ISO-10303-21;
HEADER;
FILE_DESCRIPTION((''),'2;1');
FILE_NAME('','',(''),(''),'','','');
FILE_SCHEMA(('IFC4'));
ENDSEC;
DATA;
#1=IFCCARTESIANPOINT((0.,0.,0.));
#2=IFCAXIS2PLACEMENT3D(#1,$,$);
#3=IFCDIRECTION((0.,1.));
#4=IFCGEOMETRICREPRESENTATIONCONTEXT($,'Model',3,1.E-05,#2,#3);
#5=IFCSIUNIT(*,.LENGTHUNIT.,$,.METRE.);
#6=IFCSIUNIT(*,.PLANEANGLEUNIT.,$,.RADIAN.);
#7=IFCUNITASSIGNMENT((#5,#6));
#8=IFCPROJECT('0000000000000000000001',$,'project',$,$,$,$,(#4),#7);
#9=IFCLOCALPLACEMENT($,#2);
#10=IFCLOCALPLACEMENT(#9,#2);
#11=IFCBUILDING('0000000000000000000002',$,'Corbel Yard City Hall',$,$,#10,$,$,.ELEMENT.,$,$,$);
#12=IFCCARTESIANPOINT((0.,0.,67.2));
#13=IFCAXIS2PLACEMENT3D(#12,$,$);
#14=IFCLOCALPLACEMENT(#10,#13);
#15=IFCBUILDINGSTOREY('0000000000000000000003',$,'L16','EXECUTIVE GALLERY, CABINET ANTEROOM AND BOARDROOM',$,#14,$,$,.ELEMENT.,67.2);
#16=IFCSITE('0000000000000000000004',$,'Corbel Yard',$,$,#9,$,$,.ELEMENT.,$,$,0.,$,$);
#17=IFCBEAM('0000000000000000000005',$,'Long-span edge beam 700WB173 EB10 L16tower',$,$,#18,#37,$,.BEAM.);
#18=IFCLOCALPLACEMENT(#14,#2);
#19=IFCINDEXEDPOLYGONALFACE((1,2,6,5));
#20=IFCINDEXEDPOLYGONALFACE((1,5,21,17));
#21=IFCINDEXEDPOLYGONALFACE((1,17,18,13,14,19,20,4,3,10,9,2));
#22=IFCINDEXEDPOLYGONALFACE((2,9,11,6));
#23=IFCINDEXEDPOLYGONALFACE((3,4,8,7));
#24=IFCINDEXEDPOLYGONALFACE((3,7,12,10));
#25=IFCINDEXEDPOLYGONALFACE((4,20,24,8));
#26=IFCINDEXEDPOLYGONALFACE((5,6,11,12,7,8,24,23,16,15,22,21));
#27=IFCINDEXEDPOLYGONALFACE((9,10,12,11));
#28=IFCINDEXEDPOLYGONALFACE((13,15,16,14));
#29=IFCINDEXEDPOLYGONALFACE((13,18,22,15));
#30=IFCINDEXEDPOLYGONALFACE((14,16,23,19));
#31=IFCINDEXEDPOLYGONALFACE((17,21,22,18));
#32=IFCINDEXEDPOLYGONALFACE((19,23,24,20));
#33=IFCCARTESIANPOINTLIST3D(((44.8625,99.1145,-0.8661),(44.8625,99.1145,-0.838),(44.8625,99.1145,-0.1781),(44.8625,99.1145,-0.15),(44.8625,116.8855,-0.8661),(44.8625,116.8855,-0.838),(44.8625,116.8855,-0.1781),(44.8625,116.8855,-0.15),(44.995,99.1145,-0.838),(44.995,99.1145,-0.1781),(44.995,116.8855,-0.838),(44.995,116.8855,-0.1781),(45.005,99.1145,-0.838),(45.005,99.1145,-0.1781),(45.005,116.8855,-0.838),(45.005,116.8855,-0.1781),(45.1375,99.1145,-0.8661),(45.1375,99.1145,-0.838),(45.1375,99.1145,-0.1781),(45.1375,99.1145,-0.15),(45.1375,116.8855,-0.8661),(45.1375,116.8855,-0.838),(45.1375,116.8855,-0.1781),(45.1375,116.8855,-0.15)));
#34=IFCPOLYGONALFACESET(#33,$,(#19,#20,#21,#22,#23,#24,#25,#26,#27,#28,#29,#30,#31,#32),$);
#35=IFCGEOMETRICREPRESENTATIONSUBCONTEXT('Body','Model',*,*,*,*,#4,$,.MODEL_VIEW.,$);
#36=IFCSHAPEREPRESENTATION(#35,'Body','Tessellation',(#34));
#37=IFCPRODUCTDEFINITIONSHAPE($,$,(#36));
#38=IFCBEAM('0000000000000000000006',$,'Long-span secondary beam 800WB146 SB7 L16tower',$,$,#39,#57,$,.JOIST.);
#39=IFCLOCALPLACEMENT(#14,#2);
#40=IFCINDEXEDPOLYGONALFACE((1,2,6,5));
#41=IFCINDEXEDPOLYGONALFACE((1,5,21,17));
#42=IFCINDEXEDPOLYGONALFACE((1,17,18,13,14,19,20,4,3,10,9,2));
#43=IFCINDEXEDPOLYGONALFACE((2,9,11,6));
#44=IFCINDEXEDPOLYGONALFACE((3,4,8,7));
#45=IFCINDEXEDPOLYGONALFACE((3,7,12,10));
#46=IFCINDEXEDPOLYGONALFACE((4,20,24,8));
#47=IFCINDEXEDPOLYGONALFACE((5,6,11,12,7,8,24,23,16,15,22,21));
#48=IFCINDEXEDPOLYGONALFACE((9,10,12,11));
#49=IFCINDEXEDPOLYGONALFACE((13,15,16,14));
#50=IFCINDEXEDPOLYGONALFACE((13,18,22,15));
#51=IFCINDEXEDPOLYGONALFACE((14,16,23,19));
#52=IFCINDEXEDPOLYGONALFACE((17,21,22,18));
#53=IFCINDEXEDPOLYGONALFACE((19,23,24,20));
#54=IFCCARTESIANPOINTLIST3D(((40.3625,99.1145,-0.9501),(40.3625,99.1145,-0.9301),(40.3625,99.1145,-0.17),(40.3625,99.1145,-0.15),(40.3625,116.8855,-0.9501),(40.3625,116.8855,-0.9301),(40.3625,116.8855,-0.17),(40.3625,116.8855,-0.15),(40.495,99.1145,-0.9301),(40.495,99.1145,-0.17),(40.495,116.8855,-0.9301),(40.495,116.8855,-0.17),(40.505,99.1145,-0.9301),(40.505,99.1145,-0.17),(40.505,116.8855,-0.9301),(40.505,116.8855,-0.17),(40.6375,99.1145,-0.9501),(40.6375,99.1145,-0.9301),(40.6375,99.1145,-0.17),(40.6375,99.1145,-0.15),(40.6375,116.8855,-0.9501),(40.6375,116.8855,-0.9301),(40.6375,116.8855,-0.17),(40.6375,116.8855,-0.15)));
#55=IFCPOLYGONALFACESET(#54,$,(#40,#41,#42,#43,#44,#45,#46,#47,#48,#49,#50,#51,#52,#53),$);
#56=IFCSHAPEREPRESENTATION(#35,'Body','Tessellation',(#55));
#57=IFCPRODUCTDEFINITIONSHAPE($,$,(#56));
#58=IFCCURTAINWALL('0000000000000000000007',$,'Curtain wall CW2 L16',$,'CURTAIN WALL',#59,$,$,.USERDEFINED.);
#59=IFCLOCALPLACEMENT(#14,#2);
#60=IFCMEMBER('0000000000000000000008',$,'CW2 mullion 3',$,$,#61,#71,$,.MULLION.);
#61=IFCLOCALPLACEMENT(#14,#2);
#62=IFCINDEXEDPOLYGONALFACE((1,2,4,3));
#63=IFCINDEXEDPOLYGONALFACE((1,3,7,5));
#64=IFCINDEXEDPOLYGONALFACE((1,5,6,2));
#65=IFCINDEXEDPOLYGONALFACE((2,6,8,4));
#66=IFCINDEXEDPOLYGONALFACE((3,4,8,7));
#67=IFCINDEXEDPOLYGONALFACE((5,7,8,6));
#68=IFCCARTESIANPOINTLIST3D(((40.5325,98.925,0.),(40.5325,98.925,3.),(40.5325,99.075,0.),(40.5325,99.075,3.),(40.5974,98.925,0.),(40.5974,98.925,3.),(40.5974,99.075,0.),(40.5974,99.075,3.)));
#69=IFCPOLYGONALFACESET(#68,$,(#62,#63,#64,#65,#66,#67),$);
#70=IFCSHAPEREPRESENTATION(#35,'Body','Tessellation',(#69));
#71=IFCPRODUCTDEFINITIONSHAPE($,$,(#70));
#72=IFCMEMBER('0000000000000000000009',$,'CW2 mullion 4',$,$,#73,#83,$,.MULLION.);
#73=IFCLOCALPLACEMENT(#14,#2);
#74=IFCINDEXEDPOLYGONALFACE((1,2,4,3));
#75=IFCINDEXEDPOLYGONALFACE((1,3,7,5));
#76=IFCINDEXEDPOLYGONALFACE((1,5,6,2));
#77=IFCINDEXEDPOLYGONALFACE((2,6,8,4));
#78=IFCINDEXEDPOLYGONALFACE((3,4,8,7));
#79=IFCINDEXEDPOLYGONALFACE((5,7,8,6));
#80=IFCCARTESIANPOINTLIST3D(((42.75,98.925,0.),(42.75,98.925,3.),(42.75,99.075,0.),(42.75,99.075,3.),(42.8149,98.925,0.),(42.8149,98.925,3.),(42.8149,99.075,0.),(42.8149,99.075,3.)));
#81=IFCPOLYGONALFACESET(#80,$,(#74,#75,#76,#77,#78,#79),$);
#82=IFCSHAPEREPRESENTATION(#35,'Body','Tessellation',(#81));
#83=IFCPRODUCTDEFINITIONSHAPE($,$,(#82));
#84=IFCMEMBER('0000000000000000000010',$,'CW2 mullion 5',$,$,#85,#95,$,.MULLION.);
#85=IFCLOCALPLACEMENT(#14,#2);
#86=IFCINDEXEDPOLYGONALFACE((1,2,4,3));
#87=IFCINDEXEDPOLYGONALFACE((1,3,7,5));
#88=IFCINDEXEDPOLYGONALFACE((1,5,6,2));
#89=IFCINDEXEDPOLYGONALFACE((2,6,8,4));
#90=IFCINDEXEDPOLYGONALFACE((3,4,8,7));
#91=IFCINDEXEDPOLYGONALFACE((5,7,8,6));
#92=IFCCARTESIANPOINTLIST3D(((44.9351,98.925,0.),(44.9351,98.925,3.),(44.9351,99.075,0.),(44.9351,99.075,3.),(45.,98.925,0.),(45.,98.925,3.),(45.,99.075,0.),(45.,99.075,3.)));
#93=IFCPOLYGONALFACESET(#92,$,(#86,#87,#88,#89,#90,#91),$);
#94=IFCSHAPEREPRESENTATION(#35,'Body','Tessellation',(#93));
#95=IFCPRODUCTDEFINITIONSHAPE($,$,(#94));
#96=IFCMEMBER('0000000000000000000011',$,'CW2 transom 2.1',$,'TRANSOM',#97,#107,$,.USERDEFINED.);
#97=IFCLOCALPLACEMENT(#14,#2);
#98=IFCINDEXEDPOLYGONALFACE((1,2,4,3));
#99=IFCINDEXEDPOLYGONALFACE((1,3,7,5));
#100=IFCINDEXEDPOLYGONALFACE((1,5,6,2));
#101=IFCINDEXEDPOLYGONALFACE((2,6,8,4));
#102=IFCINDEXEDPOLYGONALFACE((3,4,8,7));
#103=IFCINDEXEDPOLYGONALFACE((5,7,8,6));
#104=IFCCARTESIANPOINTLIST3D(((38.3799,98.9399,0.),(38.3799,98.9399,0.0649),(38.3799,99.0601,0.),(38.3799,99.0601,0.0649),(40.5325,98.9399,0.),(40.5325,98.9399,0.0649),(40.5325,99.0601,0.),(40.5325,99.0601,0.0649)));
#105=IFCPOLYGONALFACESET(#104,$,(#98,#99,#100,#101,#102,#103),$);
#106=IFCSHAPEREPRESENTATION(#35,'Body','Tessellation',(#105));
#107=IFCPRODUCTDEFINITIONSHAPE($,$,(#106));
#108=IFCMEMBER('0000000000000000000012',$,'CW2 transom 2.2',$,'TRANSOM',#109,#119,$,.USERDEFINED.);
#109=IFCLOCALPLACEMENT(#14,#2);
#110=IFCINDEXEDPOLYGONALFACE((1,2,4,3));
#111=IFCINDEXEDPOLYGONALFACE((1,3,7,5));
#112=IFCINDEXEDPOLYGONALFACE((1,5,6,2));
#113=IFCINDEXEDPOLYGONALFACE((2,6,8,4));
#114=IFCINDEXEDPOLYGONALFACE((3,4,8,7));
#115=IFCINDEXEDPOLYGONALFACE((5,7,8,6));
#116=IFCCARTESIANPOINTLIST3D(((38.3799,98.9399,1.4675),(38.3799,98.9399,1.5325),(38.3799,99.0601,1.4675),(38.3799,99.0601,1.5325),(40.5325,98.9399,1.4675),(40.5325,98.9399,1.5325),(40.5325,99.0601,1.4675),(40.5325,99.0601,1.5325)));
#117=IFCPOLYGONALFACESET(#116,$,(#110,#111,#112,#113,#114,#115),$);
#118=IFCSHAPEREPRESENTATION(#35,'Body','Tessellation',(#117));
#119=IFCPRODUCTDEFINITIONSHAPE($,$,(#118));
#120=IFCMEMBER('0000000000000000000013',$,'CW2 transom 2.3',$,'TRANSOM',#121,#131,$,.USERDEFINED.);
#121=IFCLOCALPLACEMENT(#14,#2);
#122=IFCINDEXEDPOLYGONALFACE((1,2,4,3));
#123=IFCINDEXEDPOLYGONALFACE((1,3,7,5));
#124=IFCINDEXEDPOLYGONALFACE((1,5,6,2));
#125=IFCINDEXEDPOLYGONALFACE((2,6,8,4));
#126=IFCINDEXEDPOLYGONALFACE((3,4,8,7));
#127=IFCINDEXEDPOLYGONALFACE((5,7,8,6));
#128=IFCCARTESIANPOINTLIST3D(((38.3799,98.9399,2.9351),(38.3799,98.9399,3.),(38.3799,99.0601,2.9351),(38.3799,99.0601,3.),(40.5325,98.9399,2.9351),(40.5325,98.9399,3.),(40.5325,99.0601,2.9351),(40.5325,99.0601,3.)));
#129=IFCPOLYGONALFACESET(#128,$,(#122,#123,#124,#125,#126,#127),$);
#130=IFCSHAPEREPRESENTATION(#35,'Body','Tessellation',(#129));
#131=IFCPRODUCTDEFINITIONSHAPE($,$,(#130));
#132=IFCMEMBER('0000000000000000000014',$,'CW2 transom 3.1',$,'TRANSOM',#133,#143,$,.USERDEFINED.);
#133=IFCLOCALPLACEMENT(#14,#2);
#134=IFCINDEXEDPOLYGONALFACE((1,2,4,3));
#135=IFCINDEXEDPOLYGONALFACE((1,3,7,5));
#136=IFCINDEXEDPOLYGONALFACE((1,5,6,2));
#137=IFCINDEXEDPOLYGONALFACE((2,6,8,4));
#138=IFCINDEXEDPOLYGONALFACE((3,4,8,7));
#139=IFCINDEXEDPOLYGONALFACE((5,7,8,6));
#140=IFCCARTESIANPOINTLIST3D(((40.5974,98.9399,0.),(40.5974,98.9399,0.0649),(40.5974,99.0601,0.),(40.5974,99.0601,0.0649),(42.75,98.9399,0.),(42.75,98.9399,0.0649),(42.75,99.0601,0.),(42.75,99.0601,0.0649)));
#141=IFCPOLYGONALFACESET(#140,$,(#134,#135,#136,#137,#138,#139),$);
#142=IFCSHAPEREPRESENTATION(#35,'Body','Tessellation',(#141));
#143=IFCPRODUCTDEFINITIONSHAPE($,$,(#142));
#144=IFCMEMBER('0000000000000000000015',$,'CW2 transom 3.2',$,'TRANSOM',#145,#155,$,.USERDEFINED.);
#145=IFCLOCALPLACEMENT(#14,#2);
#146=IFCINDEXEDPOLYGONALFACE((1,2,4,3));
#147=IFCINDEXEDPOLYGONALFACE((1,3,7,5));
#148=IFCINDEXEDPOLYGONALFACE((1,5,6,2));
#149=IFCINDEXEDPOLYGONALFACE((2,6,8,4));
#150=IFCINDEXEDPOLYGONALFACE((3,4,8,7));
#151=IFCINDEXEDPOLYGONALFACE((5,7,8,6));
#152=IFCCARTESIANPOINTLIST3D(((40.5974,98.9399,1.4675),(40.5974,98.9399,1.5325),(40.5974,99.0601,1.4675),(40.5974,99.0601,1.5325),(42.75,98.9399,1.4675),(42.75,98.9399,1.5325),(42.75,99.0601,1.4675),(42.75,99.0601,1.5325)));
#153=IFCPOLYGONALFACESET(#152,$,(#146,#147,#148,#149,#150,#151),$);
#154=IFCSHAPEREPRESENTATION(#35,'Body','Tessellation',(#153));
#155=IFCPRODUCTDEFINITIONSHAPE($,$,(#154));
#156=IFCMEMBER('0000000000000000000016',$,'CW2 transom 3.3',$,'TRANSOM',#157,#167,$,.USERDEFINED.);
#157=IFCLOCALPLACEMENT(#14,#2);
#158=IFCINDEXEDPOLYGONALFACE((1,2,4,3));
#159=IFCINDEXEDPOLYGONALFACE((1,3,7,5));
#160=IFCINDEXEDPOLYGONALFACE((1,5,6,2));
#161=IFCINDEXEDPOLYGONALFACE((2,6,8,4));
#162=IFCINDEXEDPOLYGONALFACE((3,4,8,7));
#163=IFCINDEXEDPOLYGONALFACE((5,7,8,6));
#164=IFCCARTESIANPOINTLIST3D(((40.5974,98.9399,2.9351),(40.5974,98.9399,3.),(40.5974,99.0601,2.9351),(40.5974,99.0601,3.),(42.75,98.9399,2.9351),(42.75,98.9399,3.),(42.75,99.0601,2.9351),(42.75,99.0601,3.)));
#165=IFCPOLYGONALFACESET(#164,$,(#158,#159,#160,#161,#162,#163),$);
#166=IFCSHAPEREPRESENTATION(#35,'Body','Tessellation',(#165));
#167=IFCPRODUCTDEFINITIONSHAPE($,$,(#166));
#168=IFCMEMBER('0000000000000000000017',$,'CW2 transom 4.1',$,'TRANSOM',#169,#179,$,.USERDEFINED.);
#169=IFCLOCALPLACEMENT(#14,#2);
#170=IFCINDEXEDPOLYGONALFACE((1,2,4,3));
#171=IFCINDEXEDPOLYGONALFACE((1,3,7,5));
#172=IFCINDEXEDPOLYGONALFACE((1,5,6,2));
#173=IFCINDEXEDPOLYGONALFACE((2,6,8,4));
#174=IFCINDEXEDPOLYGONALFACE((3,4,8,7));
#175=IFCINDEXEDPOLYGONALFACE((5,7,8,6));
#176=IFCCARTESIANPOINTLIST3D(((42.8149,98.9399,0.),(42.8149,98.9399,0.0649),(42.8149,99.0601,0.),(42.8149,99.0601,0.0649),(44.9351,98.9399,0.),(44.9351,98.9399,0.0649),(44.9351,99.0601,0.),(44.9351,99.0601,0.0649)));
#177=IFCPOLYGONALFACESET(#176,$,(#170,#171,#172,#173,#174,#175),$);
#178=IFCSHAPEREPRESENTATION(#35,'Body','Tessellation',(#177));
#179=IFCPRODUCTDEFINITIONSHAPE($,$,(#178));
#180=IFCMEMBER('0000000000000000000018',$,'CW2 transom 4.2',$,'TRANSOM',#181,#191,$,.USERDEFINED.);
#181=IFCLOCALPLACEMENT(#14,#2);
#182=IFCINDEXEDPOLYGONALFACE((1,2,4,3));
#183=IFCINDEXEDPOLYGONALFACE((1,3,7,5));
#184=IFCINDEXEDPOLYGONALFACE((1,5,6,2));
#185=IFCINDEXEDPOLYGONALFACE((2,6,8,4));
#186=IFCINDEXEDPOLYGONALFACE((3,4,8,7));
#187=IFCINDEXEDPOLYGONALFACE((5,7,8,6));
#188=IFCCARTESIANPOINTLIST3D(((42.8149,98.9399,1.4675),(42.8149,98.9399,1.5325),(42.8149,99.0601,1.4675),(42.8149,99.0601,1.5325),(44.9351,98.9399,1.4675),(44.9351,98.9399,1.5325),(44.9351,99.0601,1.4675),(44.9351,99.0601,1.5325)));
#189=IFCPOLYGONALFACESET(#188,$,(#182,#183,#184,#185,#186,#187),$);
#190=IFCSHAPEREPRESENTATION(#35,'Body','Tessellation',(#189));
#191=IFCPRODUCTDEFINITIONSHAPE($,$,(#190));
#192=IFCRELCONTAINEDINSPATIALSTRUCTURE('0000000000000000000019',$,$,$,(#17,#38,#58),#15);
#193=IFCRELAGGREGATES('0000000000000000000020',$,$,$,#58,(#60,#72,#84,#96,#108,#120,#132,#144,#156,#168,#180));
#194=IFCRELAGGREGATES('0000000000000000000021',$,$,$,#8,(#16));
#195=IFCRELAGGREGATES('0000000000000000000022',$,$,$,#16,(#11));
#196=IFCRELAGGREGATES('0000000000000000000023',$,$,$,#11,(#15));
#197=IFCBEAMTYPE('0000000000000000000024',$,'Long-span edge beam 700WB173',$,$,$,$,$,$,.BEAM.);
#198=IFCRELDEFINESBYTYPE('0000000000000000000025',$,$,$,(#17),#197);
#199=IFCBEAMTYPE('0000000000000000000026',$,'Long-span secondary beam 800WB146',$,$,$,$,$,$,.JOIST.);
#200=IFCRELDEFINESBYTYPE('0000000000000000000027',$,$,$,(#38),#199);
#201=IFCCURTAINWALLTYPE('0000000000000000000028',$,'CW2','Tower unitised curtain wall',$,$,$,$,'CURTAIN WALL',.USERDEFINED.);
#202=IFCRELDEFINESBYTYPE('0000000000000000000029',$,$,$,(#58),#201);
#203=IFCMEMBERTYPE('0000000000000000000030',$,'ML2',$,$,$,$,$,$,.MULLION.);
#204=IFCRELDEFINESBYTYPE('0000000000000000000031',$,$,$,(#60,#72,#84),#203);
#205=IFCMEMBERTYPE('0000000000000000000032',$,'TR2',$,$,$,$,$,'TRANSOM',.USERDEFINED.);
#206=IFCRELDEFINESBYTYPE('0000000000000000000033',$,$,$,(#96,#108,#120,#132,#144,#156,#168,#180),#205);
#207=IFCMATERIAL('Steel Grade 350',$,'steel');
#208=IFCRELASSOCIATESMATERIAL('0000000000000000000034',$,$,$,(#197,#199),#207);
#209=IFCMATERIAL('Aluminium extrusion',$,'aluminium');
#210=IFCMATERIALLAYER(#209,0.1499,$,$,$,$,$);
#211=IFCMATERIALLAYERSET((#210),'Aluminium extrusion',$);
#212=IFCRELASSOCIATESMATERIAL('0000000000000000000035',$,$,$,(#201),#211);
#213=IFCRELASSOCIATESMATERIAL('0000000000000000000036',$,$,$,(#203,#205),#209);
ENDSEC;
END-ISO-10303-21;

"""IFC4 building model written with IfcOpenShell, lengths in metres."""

from ifc_helpers import new_model, si_unit, direction, frame, origin, origin_2d, place, context, subcontext, project, spatial, rectangle, i_section, extrude, material, layer, layer_set, material_profile, profile_set, type_object, element, aggregate, save


model = new_model("IFC4")

# Units and contexts
model_context = context("Model", 3, precision=1e-05, world=origin(), true_north=direction((0.0, 1.0)))
body_context = subcontext(model_context, "Body", "Model", "MODEL_VIEW")
ifc_project = project(units=[si_unit("LENGTHUNIT", "METRE"), si_unit("PLANEANGLEUNIT", "RADIAN")], contexts=[model_context])

# Site, building, storey
site_placement = place(None, origin())
site = spatial("IfcSite", under=ifc_project, at=site_placement, Name="Corbel Yard", CompositionType="ELEMENT", RefElevation=0.0)
building_placement = place(site_placement, origin())
building = spatial("IfcBuilding", under=site, at=building_placement, Name="Corbel Yard City Hall", CompositionType="ELEMENT")
storey_placement = place(building_placement, frame((0.0, 0.0, 67.2)))
storey = spatial("IfcBuildingStorey", under=building, at=storey_placement, Name="L16", Description="EXECUTIVE GALLERY, CABINET ANTEROOM AND BOARDROOM", CompositionType="ELEMENT", Elevation=67.2)

# Beams
ifc_material_1 = material(Name="Steel Grade 350", Category="steel")
ifc_material_profile_1 = material_profile(ifc_material_1, i_section(OverallWidth=0.2749, OverallDepth=0.7161, WebThickness=0.01, FlangeThickness=0.0281, at=origin_2d()), Name="700WB173")
ifc_profile_set_1 = profile_set([ifc_material_profile_1], Name="Steel Grade 350")
beam_type_1 = type_object("IfcBeamType", Name="Long-span edge beam 700WB173", PredefinedType="BEAM", material=ifc_profile_set_1)
beam_1_placement = place(storey_placement, frame((45.0, 99.1145, -0.5081), z_axis=(0.0, 1.0, 0.0), x_axis=(-1.0, 0.0, 0.0)))
element("IfcBeam", 1, at=beam_1_placement, inside=storey, type_object=beam_type_1, Name="Long-span edge beam 700WB173 EB10 L16tower", PredefinedType="BEAM", context=body_context, shape_type="SweptSolid", body=[
    extrude(i_section(OverallWidth=0.2749, OverallDepth=0.7161, WebThickness=0.01, FlangeThickness=0.0281, at=origin_2d()), origin(), (0.0, 0.0, 1.0), 17.771),
])
ifc_material_profile_2 = material_profile(ifc_material_1, i_section(OverallWidth=0.2749, OverallDepth=0.8, WebThickness=0.01, FlangeThickness=0.02, at=origin_2d()), Name="800WB146")
ifc_profile_set_2 = profile_set([ifc_material_profile_2], Name="Steel Grade 350")
beam_type_2 = type_object("IfcBeamType", Name="Long-span secondary beam 800WB146", PredefinedType="JOIST", material=ifc_profile_set_2)
beam_2_placement = place(storey_placement, frame((40.5, 99.1145, -0.55), z_axis=(0.0, 1.0, 0.0), x_axis=(-1.0, 0.0, 0.0)))
element("IfcBeam", 2, at=beam_2_placement, inside=storey, type_object=beam_type_2, Name="Long-span secondary beam 800WB146 SB7 L16tower", PredefinedType="JOIST", context=body_context, shape_type="SweptSolid", body=[
    extrude(i_section(OverallWidth=0.2749, OverallDepth=0.8, WebThickness=0.01, FlangeThickness=0.02, at=origin_2d()), origin(), (0.0, 0.0, 1.0), 17.771),
])

# Curtain wall, members
ifc_material_2 = material(Name="Aluminium extrusion", Category="aluminium")
ifc_layer_1 = layer(ifc_material_2, 0.1499)
ifc_layer_set_1 = layer_set([ifc_layer_1], Name="Aluminium extrusion")
curtain_wall_type = type_object("IfcCurtainWallType", Name="CW2", Description="Tower unitised curtain wall", ElementType="CURTAIN WALL", PredefinedType="USERDEFINED", material=ifc_layer_set_1)
curtain_wall_placement = place(storey_placement, origin())
curtain_wall = element("IfcCurtainWall", 3, at=curtain_wall_placement, inside=storey, type_object=curtain_wall_type, Name="Curtain wall CW2 L16", ObjectType="CURTAIN WALL", PredefinedType="USERDEFINED")
ifc_material_profile_3 = material_profile(ifc_material_2, rectangle(XDim=0.1499, YDim=0.0649, at=origin_2d()), Name="150x65")
ifc_profile_set_3 = profile_set([ifc_material_profile_3], Name="Aluminium extrusion")
member_type_1 = type_object("IfcMemberType", Name="ML2", PredefinedType="MULLION", material=ifc_profile_set_3)
member_1_placement = place(storey_placement, frame((40.5649, 99.0, 0.0), z_axis=(0.0, 0.0, 1.0), x_axis=(0.0, 1.0, 0.0)))
member_1 = element("IfcMember", 4, at=member_1_placement, type_object=member_type_1, Name="CW2 mullion 3", PredefinedType="MULLION", context=body_context, shape_type="SweptSolid", body=[
    extrude(rectangle(XDim=0.1499, YDim=0.0649, at=origin_2d()), origin(), (0.0, 0.0, 1.0), 3.0),
])
member_2_placement = place(storey_placement, frame((42.7825, 99.0, 0.0), z_axis=(0.0, 0.0, 1.0), x_axis=(0.0, 1.0, 0.0)))
member_2 = element("IfcMember", 5, at=member_2_placement, type_object=member_type_1, Name="CW2 mullion 4", PredefinedType="MULLION", context=body_context, shape_type="SweptSolid", body=[
    extrude(rectangle(XDim=0.1499, YDim=0.0649, at=origin_2d()), origin(), (0.0, 0.0, 1.0), 3.0),
])
member_3_placement = place(storey_placement, frame((44.9675, 99.0, 0.0), z_axis=(0.0, 0.0, 1.0), x_axis=(0.0, 1.0, 0.0)))
member_3 = element("IfcMember", 6, at=member_3_placement, type_object=member_type_1, Name="CW2 mullion 5", PredefinedType="MULLION", context=body_context, shape_type="SweptSolid", body=[
    extrude(rectangle(XDim=0.1499, YDim=0.0649, at=origin_2d()), origin(), (0.0, 0.0, 1.0), 3.0),
])
ifc_material_profile_4 = material_profile(ifc_material_2, rectangle(XDim=0.1201, YDim=0.0649, at=origin_2d()), Name="120x65")
ifc_profile_set_4 = profile_set([ifc_material_profile_4], Name="Aluminium extrusion")
member_type_2 = type_object("IfcMemberType", Name="TR2", ElementType="TRANSOM", PredefinedType="USERDEFINED", material=ifc_profile_set_4)
member_4_placement = place(storey_placement, frame((38.3799, 99.0, 0.0325), z_axis=(1.0, 0.0, 0.0), x_axis=(0.0, 1.0, 0.0)))
member_4 = element("IfcMember", 7, at=member_4_placement, type_object=member_type_2, Name="CW2 transom 2.1", ObjectType="TRANSOM", PredefinedType="USERDEFINED", context=body_context, shape_type="SweptSolid", body=[
    extrude(rectangle(XDim=0.1201, YDim=0.0649, at=origin_2d()), origin(), (0.0, 0.0, 1.0), 2.1526),
])
member_5_placement = place(storey_placement, frame((38.3799, 99.0, 1.5), z_axis=(1.0, 0.0, 0.0), x_axis=(0.0, 1.0, 0.0)))
member_5 = element("IfcMember", 8, at=member_5_placement, type_object=member_type_2, Name="CW2 transom 2.2", ObjectType="TRANSOM", PredefinedType="USERDEFINED", context=body_context, shape_type="SweptSolid", body=[
    extrude(rectangle(XDim=0.1201, YDim=0.0649, at=origin_2d()), origin(), (0.0, 0.0, 1.0), 2.1526),
])
member_6_placement = place(storey_placement, frame((38.3799, 99.0, 2.9675), z_axis=(1.0, 0.0, 0.0), x_axis=(0.0, 1.0, 0.0)))
member_6 = element("IfcMember", 9, at=member_6_placement, type_object=member_type_2, Name="CW2 transom 2.3", ObjectType="TRANSOM", PredefinedType="USERDEFINED", context=body_context, shape_type="SweptSolid", body=[
    extrude(rectangle(XDim=0.1201, YDim=0.0649, at=origin_2d()), origin(), (0.0, 0.0, 1.0), 2.1526),
])
member_7_placement = place(storey_placement, frame((40.5974, 99.0, 0.0325), z_axis=(1.0, 0.0, 0.0), x_axis=(0.0, 1.0, 0.0)))
member_7 = element("IfcMember", 10, at=member_7_placement, type_object=member_type_2, Name="CW2 transom 3.1", ObjectType="TRANSOM", PredefinedType="USERDEFINED", context=body_context, shape_type="SweptSolid", body=[
    extrude(rectangle(XDim=0.1201, YDim=0.0649, at=origin_2d()), origin(), (0.0, 0.0, 1.0), 2.1526),
])
member_8_placement = place(storey_placement, frame((40.5974, 99.0, 1.5), z_axis=(1.0, 0.0, 0.0), x_axis=(0.0, 1.0, 0.0)))
member_8 = element("IfcMember", 11, at=member_8_placement, type_object=member_type_2, Name="CW2 transom 3.2", ObjectType="TRANSOM", PredefinedType="USERDEFINED", context=body_context, shape_type="SweptSolid", body=[
    extrude(rectangle(XDim=0.1201, YDim=0.0649, at=origin_2d()), origin(), (0.0, 0.0, 1.0), 2.1526),
])
member_9_placement = place(storey_placement, frame((40.5974, 99.0, 2.9675), z_axis=(1.0, 0.0, 0.0), x_axis=(0.0, 1.0, 0.0)))
member_9 = element("IfcMember", 12, at=member_9_placement, type_object=member_type_2, Name="CW2 transom 3.3", ObjectType="TRANSOM", PredefinedType="USERDEFINED", context=body_context, shape_type="SweptSolid", body=[
    extrude(rectangle(XDim=0.1201, YDim=0.0649, at=origin_2d()), origin(), (0.0, 0.0, 1.0), 2.1526),
])
member_10_placement = place(storey_placement, frame((42.8149, 99.0, 0.0325), z_axis=(1.0, 0.0, 0.0), x_axis=(0.0, 1.0, 0.0)))
member_10 = element("IfcMember", 13, at=member_10_placement, type_object=member_type_2, Name="CW2 transom 4.1", ObjectType="TRANSOM", PredefinedType="USERDEFINED", context=body_context, shape_type="SweptSolid", body=[
    extrude(rectangle(XDim=0.1201, YDim=0.0649, at=origin_2d()), origin(), (0.0, 0.0, 1.0), 2.1201),
])
member_11_placement = place(storey_placement, frame((42.8149, 99.0, 1.5), z_axis=(1.0, 0.0, 0.0), x_axis=(0.0, 1.0, 0.0)))
member_11 = element("IfcMember", 14, at=member_11_placement, type_object=member_type_2, Name="CW2 transom 4.2", ObjectType="TRANSOM", PredefinedType="USERDEFINED", context=body_context, shape_type="SweptSolid", body=[
    extrude(rectangle(XDim=0.1201, YDim=0.0649, at=origin_2d()), origin(), (0.0, 0.0, 1.0), 2.1201),
])
aggregate(curtain_wall, [member_1, member_2, member_3, member_4, member_5, member_6, member_7, member_8, member_9, member_10, member_11])

save(model, "model.ifc")
